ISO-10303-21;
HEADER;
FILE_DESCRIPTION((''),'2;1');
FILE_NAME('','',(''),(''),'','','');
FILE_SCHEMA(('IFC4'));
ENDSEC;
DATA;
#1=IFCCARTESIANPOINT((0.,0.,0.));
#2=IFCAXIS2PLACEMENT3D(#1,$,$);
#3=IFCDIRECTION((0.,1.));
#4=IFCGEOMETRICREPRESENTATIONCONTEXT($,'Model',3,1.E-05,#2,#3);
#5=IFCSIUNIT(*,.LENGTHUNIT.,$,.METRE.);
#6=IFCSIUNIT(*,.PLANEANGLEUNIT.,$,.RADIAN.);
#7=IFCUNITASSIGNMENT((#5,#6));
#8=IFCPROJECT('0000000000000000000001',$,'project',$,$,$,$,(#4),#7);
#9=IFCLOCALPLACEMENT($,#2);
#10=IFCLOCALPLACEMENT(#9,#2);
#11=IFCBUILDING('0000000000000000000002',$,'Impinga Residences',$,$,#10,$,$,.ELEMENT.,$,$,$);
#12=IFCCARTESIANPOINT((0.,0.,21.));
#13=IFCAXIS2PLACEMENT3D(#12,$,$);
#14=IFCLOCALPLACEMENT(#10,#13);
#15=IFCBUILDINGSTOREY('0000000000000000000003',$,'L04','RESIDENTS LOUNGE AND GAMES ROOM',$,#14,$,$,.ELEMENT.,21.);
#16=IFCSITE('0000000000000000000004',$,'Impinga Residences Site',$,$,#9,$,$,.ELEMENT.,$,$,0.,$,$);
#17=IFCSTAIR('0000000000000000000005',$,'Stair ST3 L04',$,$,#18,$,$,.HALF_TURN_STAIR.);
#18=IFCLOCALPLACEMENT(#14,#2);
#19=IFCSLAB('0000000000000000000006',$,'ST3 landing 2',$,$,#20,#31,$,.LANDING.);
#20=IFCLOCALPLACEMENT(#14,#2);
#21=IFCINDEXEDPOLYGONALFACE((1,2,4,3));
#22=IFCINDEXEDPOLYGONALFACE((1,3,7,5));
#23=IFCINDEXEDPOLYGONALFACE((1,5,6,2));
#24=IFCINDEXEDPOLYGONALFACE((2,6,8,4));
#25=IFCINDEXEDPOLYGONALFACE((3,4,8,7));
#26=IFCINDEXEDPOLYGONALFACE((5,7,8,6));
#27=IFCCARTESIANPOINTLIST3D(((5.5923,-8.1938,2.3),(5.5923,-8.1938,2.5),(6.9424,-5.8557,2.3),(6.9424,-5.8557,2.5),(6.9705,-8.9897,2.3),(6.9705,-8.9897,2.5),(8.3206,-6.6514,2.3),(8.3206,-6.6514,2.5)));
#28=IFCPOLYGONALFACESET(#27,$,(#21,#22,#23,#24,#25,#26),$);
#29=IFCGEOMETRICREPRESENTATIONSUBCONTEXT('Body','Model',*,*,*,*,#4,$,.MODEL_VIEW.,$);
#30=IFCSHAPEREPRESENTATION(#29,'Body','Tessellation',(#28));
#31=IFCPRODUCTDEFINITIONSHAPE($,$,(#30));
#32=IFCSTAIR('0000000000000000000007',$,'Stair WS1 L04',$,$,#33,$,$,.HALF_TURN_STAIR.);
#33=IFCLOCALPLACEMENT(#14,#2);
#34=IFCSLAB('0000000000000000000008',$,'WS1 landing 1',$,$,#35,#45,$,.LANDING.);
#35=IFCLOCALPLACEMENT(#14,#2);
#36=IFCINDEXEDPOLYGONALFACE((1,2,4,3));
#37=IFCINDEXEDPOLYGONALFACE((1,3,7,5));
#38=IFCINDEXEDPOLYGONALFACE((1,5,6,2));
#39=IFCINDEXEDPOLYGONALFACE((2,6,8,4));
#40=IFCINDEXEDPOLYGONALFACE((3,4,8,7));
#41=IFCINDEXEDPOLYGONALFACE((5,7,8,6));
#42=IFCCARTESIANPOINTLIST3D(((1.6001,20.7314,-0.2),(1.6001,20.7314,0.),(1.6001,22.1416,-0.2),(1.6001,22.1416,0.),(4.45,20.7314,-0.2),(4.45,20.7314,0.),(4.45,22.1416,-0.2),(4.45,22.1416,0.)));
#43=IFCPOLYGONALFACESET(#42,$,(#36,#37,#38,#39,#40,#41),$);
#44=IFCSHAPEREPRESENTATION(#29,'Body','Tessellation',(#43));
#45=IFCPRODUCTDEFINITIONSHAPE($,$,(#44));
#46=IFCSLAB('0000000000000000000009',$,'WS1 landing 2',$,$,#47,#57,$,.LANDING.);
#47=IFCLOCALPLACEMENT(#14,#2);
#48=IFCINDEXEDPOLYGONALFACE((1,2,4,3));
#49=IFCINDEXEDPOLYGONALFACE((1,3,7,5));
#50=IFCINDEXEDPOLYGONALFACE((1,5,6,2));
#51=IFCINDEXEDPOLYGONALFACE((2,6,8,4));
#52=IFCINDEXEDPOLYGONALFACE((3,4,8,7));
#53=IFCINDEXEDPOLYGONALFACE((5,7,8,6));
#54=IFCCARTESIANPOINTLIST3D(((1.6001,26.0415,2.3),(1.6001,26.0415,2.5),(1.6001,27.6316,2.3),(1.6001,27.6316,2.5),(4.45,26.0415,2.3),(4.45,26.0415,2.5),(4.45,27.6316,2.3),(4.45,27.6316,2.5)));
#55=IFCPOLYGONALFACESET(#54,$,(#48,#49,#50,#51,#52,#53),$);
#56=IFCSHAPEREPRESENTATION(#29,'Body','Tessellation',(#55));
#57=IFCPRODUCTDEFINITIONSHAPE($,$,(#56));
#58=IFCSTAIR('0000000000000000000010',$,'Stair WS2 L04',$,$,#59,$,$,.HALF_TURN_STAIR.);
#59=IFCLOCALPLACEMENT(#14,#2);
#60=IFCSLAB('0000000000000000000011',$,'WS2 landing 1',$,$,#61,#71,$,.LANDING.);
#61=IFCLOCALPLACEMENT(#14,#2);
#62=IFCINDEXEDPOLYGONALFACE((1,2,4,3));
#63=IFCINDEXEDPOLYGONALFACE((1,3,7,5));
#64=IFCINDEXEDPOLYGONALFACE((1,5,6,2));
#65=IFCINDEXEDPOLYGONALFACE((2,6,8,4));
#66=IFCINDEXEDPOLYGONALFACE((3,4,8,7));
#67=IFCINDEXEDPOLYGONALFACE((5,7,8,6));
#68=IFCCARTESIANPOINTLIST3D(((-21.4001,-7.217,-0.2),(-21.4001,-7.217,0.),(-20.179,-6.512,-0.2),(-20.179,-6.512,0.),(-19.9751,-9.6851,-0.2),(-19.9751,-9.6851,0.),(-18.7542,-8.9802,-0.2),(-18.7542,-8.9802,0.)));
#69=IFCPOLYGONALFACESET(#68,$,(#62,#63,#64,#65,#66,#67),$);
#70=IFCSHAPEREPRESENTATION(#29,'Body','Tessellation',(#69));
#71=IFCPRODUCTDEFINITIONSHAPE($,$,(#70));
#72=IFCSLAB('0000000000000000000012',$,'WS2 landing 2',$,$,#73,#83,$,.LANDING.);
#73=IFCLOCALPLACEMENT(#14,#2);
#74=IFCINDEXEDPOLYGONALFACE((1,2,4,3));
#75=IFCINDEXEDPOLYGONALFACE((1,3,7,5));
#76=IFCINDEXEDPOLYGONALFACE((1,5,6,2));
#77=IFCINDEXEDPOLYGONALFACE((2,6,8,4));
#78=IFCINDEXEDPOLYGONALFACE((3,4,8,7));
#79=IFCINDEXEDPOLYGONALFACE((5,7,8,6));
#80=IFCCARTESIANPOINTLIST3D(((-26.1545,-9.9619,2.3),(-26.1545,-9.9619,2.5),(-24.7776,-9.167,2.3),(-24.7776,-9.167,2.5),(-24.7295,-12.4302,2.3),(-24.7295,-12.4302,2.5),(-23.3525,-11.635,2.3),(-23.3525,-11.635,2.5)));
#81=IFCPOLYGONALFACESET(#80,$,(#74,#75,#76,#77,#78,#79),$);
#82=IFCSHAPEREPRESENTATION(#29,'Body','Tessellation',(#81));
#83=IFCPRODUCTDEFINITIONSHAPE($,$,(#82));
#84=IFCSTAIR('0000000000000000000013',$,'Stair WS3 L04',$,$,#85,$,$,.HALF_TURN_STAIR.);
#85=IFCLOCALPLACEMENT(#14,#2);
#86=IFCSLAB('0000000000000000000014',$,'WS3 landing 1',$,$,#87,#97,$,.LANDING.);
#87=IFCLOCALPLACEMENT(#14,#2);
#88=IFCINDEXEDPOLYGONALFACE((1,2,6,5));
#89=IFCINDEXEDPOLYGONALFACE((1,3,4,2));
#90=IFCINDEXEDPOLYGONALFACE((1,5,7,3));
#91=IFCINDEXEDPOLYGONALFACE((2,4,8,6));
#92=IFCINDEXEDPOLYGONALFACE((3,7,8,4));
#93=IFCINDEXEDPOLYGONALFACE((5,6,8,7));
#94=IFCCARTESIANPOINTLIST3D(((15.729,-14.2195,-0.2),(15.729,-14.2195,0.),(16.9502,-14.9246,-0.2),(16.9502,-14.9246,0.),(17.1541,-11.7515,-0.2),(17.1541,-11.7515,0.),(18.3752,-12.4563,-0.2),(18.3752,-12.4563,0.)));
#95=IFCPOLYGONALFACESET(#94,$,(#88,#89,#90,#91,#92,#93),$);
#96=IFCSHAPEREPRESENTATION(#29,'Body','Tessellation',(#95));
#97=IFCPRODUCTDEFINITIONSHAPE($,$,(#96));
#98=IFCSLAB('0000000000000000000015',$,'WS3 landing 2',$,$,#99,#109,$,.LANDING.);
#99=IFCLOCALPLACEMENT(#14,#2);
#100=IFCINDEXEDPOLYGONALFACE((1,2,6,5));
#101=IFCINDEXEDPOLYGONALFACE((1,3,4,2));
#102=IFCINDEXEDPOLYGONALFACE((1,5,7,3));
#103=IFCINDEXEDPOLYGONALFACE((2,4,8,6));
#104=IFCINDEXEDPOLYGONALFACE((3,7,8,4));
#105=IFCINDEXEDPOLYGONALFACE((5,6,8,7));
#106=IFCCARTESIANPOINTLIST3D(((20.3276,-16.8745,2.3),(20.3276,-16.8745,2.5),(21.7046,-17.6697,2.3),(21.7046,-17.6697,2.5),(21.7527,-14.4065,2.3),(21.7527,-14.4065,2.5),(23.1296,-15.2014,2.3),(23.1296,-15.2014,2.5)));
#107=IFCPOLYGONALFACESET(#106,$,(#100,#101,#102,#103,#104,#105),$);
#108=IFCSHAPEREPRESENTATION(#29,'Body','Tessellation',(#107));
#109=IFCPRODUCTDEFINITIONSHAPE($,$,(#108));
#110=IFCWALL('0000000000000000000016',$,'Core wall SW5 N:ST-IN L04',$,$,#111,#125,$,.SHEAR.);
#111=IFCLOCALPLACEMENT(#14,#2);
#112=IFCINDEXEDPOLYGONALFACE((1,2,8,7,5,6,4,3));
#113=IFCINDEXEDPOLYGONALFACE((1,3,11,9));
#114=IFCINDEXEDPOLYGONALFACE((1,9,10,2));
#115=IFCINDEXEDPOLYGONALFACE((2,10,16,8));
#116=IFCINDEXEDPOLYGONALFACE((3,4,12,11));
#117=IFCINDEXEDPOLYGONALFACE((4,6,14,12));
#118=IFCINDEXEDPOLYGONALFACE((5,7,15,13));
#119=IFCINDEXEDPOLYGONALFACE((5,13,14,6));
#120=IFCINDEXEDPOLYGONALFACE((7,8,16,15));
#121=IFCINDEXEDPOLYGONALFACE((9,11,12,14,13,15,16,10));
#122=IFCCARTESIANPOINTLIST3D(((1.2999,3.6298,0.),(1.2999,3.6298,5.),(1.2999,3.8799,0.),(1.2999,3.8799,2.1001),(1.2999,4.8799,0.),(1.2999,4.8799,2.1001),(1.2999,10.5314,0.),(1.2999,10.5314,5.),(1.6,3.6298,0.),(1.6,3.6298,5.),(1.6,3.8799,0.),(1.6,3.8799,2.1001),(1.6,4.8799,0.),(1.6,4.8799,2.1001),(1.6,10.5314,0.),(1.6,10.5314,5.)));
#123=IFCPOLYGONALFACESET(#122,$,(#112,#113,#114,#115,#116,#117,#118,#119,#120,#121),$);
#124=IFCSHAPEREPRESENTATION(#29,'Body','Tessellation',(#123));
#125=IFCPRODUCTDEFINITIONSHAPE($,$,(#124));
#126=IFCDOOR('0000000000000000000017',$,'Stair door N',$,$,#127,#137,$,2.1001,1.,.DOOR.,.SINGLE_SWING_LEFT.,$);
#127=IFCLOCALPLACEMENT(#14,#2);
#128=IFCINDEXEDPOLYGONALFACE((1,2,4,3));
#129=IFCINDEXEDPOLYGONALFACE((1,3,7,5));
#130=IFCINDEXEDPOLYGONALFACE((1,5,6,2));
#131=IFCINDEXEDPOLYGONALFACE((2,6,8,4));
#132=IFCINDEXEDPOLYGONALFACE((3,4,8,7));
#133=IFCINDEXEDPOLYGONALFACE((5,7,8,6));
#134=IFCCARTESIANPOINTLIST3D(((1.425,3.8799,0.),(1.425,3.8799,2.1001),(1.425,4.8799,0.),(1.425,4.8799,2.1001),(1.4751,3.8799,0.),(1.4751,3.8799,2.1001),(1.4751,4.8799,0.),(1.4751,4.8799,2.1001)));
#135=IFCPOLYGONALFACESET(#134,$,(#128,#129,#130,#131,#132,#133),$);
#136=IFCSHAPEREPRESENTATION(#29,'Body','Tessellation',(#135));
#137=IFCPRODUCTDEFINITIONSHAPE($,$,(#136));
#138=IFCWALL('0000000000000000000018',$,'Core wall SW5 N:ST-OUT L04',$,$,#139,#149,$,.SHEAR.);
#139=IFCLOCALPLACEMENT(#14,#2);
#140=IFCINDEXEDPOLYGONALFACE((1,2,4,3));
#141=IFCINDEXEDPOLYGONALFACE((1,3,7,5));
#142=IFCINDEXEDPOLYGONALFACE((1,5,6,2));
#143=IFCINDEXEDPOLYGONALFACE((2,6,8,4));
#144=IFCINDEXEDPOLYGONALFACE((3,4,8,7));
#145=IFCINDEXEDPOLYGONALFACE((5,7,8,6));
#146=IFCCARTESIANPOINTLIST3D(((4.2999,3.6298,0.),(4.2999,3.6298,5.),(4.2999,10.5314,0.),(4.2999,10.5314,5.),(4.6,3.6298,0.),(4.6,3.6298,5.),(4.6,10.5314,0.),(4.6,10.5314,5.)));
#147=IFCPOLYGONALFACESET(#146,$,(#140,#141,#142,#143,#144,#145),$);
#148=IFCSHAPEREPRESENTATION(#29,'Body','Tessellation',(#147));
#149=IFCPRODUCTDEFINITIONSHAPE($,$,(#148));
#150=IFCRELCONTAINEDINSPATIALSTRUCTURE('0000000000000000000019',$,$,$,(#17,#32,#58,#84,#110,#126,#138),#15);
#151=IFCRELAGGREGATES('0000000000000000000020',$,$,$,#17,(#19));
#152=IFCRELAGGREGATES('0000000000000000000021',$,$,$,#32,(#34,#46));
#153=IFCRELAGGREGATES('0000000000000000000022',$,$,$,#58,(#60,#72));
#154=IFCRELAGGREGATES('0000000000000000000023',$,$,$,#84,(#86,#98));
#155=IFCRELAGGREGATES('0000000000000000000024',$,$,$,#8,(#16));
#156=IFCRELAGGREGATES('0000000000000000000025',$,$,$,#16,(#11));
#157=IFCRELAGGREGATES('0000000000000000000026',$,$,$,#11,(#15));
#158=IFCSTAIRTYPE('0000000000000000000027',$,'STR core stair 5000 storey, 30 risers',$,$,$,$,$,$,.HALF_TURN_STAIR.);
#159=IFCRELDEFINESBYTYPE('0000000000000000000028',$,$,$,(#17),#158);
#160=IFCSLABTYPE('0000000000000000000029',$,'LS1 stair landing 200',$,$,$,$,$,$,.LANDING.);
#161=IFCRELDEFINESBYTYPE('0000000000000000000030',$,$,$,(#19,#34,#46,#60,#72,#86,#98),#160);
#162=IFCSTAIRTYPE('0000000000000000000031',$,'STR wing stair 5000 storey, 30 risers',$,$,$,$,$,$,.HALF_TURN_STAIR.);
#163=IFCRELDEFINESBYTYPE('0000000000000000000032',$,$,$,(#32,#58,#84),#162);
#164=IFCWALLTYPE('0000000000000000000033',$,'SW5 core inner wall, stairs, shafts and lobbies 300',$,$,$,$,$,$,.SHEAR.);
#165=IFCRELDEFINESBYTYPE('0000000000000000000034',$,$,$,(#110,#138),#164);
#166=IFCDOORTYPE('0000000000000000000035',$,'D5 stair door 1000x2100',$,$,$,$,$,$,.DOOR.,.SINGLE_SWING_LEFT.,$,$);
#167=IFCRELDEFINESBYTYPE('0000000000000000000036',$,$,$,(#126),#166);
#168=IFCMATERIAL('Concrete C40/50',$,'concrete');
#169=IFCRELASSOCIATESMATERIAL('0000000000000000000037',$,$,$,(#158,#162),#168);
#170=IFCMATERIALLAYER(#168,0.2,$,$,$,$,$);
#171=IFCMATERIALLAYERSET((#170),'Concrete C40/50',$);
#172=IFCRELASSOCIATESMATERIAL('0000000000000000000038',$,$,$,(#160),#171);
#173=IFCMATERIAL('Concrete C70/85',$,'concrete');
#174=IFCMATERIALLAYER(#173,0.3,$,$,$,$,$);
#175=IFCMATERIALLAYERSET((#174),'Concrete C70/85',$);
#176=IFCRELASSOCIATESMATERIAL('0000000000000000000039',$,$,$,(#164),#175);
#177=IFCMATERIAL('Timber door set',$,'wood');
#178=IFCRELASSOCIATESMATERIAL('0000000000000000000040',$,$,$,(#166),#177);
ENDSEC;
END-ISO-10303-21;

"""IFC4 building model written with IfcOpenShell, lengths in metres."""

from ifc_helpers import new_model, si_unit, direction, frame, frame_2d, origin, place, context, subcontext, project, spatial, polyline, rectangle, outline, extrude, material, layer, layer_set, type_object, element, fill, aggregate, save


model = new_model("IFC4")

# Units and contexts
model_context = context("Model", 3, precision=1e-05, world=origin(), true_north=direction((0.0, 1.0)))
body_context = subcontext(model_context, "Body", "Model", "MODEL_VIEW")
ifc_project = project(units=[si_unit("LENGTHUNIT", "METRE"), si_unit("PLANEANGLEUNIT", "RADIAN")], contexts=[model_context])

# Site, building, storey
site_placement = place(None, origin())
site = spatial("IfcSite", under=ifc_project, at=site_placement, Name="Impinga Residences Site", CompositionType="ELEMENT", RefElevation=0.0)
building_placement = place(site_placement, origin())
building = spatial("IfcBuilding", under=site, at=building_placement, Name="Impinga Residences", CompositionType="ELEMENT")
storey_placement = place(building_placement, frame((0.0, 0.0, 21.0)))
storey = spatial("IfcBuildingStorey", under=building, at=storey_placement, Name="L04", Description="RESIDENTS LOUNGE AND GAMES ROOM", CompositionType="ELEMENT", Elevation=21.0)

# Stair, slab
ifc_material_1 = material(Name="Concrete C40/50", Category="concrete")
stair_type_1 = type_object("IfcStairType", Name="STR core stair 5000 storey, 30 risers", PredefinedType="HALF_TURN_STAIR", material=ifc_material_1)
stair_1_placement = place(storey_placement, origin())
stair_1 = element("IfcStair", 1, at=stair_1_placement, inside=storey, type_object=stair_type_1, Name="Stair ST3 L04", PredefinedType="HALF_TURN_STAIR")
ifc_layer_1 = layer(ifc_material_1, 0.2)
ifc_layer_set_1 = layer_set([ifc_layer_1], Name="Concrete C40/50")
slab_type = type_object("IfcSlabType", Name="LS1 stair landing 200", PredefinedType="LANDING", material=ifc_layer_set_1)
slab_1_placement = place(storey_placement, frame((0.0, 0.0, 2.3)))
slab_1 = element("IfcSlab", 2, at=slab_1_placement, type_object=slab_type, Name="ST3 landing 2", PredefinedType="LANDING", context=body_context, shape_type="SweptSolid", body=[
    extrude(outline(polyline([(6.9424, -5.8557), (5.5923, -8.1938), (6.9705, -8.9897), (8.3206, -6.6514), (6.9424, -5.8557)])), origin(), (0.0, 0.0, 1.0), 0.2),
])
aggregate(stair_1, [slab_1])

# Stairs, slabs
stair_type_2 = type_object("IfcStairType", Name="STR wing stair 5000 storey, 30 risers", PredefinedType="HALF_TURN_STAIR", material=ifc_material_1)
stair_2_placement = place(storey_placement, origin())
stair_2 = element("IfcStair", 3, at=stair_2_placement, inside=storey, type_object=stair_type_2, Name="Stair WS1 L04", PredefinedType="HALF_TURN_STAIR")
slab_2_placement = place(storey_placement, frame((0.0, 0.0, -0.2)))
slab_2 = element("IfcSlab", 4, at=slab_2_placement, type_object=slab_type, Name="WS1 landing 1", PredefinedType="LANDING", context=body_context, shape_type="SweptSolid", body=[
    extrude(outline(polyline([(1.6001, 20.7314), (4.45, 20.7314), (4.45, 22.1416), (1.6001, 22.1416), (1.6001, 20.7314)])), origin(), (0.0, 0.0, 1.0), 0.2),
])
slab_3_placement = place(storey_placement, frame((0.0, 0.0, 2.3)))
slab_3 = element("IfcSlab", 5, at=slab_3_placement, type_object=slab_type, Name="WS1 landing 2", PredefinedType="LANDING", context=body_context, shape_type="SweptSolid", body=[
    extrude(outline(polyline([(1.6001, 26.0415), (4.45, 26.0415), (4.45, 27.6316), (1.6001, 27.6316), (1.6001, 26.0415)])), origin(), (0.0, 0.0, 1.0), 0.2),
])
aggregate(stair_2, [slab_2, slab_3])
stair_3_placement = place(storey_placement, origin())
stair_3 = element("IfcStair", 6, at=stair_3_placement, inside=storey, type_object=stair_type_2, Name="Stair WS2 L04", PredefinedType="HALF_TURN_STAIR")
slab_4_placement = place(storey_placement, frame((0.0, 0.0, -0.2)))
slab_4 = element("IfcSlab", 7, at=slab_4_placement, type_object=slab_type, Name="WS2 landing 1", PredefinedType="LANDING", context=body_context, shape_type="SweptSolid", body=[
    extrude(outline(polyline([(-18.7542, -8.9802), (-20.179, -6.512), (-21.4001, -7.217), (-19.9751, -9.6851), (-18.7542, -8.9802)])), origin(), (0.0, 0.0, 1.0), 0.2),
])
slab_5_placement = place(storey_placement, frame((0.0, 0.0, 2.3)))
slab_5 = element("IfcSlab", 8, at=slab_5_placement, type_object=slab_type, Name="WS2 landing 2", PredefinedType="LANDING", context=body_context, shape_type="SweptSolid", body=[
    extrude(outline(polyline([(-23.3525, -11.635), (-24.7776, -9.167), (-26.1545, -9.9619), (-24.7295, -12.4302), (-23.3525, -11.635)])), origin(), (0.0, 0.0, 1.0), 0.2),
])
aggregate(stair_3, [slab_4, slab_5])
stair_4_placement = place(storey_placement, origin())
stair_4 = element("IfcStair", 9, at=stair_4_placement, inside=storey, type_object=stair_type_2, Name="Stair WS3 L04", PredefinedType="HALF_TURN_STAIR")
slab_6_placement = place(storey_placement, frame((0.0, 0.0, -0.2)))
slab_6 = element("IfcSlab", 10, at=slab_6_placement, type_object=slab_type, Name="WS3 landing 1", PredefinedType="LANDING", context=body_context, shape_type="SweptSolid", body=[
    extrude(outline(polyline([(17.1541, -11.7515), (15.729, -14.2195), (16.9502, -14.9246), (18.3752, -12.4563), (17.1541, -11.7515)])), origin(), (0.0, 0.0, 1.0), 0.2),
])
slab_7_placement = place(storey_placement, frame((0.0, 0.0, 2.3)))
slab_7 = element("IfcSlab", 11, at=slab_7_placement, type_object=slab_type, Name="WS3 landing 2", PredefinedType="LANDING", context=body_context, shape_type="SweptSolid", body=[
    extrude(outline(polyline([(21.7527, -14.4065), (20.3276, -16.8745), (21.7046, -17.6697), (23.1296, -15.2014), (21.7527, -14.4065)])), origin(), (0.0, 0.0, 1.0), 0.2),
])
aggregate(stair_4, [slab_6, slab_7])

# Wall, opening, door
ifc_material_2 = material(Name="Concrete C70/85", Category="concrete")
ifc_layer_2 = layer(ifc_material_2, 0.3)
ifc_layer_set_2 = layer_set([ifc_layer_2], Name="Concrete C70/85")
wall_type_1 = type_object("IfcWallType", Name="SW5 core inner wall, stairs, shafts and lobbies 300", PredefinedType="SHEAR", material=ifc_layer_set_2)
wall_1_placement = place(storey_placement, frame((1.45, 3.6299, 0.0), z_axis=(0.0, 0.0, 1.0), x_axis=(0.0, 1.0, 0.0)))
wall_1 = element("IfcWall", 12, at=wall_1_placement, inside=storey, type_object=wall_type_1, Name="Core wall SW5 N:ST-IN L04", PredefinedType="SHEAR", context=body_context, shape_type="SweptSolid", body=[
    extrude(rectangle(XDim=6.9016, YDim=0.3, at=frame_2d((3.4507, 0.0))), origin(), (0.0, 0.0, 1.0), 5.0),
])
opening_1_placement = place(wall_1_placement, frame((0.25, 0.0, 0.0)))
opening_1 = element("IfcOpeningElement", 13, at=opening_1_placement, cuts=wall_1, PredefinedType="OPENING", context=body_context, shape_type="SweptSolid", body=[
    extrude(rectangle(XDim=1.0, YDim=2.1001, at=frame_2d((0.5, 1.05))), frame((0.0, 0.1599, 0.0), z_axis=(0.0, -1.0, 0.0), x_axis=(1.0, 0.0, 0.0)), (0.0, 0.0, 1.0), 0.3201),
])
ifc_material_3 = material(Name="Timber door set", Category="wood")
door_type_1 = type_object("IfcDoorType", Name="D5 stair door 1000x2100", OperationType="SINGLE_SWING_LEFT", PredefinedType="DOOR", material=ifc_material_3)
door_1_placement = place(opening_1_placement, origin())
door_1 = element("IfcDoor", 14, at=door_1_placement, inside=storey, type_object=door_type_1, Name="Stair door N", OperationType="SINGLE_SWING_LEFT", OverallHeight=2.1001, OverallWidth=1.0, PredefinedType="DOOR", context=body_context, shape_type="SweptSolid", body=[
    extrude(rectangle(XDim=1.0, YDim=2.1001, at=frame_2d((0.5, 1.05))), frame((0.0, 0.0249, 0.0), z_axis=(0.0, -1.0, 0.0), x_axis=(1.0, 0.0, 0.0)), (0.0, 0.0, 1.0), 0.05),
])
fill(opening_1, door_1)

# Wall
wall_2_placement = place(storey_placement, frame((4.45, 3.6299, 0.0), z_axis=(0.0, 0.0, 1.0), x_axis=(0.0, 1.0, 0.0)))
element("IfcWall", 15, at=wall_2_placement, inside=storey, type_object=wall_type_1, Name="Core wall SW5 N:ST-OUT L04", PredefinedType="SHEAR", context=body_context, shape_type="SweptSolid", body=[
    extrude(rectangle(XDim=6.9016, YDim=0.3, at=frame_2d((3.4507, 0.0))), origin(), (0.0, 0.0, 1.0), 5.0),
])

save(model, "model.ifc")
